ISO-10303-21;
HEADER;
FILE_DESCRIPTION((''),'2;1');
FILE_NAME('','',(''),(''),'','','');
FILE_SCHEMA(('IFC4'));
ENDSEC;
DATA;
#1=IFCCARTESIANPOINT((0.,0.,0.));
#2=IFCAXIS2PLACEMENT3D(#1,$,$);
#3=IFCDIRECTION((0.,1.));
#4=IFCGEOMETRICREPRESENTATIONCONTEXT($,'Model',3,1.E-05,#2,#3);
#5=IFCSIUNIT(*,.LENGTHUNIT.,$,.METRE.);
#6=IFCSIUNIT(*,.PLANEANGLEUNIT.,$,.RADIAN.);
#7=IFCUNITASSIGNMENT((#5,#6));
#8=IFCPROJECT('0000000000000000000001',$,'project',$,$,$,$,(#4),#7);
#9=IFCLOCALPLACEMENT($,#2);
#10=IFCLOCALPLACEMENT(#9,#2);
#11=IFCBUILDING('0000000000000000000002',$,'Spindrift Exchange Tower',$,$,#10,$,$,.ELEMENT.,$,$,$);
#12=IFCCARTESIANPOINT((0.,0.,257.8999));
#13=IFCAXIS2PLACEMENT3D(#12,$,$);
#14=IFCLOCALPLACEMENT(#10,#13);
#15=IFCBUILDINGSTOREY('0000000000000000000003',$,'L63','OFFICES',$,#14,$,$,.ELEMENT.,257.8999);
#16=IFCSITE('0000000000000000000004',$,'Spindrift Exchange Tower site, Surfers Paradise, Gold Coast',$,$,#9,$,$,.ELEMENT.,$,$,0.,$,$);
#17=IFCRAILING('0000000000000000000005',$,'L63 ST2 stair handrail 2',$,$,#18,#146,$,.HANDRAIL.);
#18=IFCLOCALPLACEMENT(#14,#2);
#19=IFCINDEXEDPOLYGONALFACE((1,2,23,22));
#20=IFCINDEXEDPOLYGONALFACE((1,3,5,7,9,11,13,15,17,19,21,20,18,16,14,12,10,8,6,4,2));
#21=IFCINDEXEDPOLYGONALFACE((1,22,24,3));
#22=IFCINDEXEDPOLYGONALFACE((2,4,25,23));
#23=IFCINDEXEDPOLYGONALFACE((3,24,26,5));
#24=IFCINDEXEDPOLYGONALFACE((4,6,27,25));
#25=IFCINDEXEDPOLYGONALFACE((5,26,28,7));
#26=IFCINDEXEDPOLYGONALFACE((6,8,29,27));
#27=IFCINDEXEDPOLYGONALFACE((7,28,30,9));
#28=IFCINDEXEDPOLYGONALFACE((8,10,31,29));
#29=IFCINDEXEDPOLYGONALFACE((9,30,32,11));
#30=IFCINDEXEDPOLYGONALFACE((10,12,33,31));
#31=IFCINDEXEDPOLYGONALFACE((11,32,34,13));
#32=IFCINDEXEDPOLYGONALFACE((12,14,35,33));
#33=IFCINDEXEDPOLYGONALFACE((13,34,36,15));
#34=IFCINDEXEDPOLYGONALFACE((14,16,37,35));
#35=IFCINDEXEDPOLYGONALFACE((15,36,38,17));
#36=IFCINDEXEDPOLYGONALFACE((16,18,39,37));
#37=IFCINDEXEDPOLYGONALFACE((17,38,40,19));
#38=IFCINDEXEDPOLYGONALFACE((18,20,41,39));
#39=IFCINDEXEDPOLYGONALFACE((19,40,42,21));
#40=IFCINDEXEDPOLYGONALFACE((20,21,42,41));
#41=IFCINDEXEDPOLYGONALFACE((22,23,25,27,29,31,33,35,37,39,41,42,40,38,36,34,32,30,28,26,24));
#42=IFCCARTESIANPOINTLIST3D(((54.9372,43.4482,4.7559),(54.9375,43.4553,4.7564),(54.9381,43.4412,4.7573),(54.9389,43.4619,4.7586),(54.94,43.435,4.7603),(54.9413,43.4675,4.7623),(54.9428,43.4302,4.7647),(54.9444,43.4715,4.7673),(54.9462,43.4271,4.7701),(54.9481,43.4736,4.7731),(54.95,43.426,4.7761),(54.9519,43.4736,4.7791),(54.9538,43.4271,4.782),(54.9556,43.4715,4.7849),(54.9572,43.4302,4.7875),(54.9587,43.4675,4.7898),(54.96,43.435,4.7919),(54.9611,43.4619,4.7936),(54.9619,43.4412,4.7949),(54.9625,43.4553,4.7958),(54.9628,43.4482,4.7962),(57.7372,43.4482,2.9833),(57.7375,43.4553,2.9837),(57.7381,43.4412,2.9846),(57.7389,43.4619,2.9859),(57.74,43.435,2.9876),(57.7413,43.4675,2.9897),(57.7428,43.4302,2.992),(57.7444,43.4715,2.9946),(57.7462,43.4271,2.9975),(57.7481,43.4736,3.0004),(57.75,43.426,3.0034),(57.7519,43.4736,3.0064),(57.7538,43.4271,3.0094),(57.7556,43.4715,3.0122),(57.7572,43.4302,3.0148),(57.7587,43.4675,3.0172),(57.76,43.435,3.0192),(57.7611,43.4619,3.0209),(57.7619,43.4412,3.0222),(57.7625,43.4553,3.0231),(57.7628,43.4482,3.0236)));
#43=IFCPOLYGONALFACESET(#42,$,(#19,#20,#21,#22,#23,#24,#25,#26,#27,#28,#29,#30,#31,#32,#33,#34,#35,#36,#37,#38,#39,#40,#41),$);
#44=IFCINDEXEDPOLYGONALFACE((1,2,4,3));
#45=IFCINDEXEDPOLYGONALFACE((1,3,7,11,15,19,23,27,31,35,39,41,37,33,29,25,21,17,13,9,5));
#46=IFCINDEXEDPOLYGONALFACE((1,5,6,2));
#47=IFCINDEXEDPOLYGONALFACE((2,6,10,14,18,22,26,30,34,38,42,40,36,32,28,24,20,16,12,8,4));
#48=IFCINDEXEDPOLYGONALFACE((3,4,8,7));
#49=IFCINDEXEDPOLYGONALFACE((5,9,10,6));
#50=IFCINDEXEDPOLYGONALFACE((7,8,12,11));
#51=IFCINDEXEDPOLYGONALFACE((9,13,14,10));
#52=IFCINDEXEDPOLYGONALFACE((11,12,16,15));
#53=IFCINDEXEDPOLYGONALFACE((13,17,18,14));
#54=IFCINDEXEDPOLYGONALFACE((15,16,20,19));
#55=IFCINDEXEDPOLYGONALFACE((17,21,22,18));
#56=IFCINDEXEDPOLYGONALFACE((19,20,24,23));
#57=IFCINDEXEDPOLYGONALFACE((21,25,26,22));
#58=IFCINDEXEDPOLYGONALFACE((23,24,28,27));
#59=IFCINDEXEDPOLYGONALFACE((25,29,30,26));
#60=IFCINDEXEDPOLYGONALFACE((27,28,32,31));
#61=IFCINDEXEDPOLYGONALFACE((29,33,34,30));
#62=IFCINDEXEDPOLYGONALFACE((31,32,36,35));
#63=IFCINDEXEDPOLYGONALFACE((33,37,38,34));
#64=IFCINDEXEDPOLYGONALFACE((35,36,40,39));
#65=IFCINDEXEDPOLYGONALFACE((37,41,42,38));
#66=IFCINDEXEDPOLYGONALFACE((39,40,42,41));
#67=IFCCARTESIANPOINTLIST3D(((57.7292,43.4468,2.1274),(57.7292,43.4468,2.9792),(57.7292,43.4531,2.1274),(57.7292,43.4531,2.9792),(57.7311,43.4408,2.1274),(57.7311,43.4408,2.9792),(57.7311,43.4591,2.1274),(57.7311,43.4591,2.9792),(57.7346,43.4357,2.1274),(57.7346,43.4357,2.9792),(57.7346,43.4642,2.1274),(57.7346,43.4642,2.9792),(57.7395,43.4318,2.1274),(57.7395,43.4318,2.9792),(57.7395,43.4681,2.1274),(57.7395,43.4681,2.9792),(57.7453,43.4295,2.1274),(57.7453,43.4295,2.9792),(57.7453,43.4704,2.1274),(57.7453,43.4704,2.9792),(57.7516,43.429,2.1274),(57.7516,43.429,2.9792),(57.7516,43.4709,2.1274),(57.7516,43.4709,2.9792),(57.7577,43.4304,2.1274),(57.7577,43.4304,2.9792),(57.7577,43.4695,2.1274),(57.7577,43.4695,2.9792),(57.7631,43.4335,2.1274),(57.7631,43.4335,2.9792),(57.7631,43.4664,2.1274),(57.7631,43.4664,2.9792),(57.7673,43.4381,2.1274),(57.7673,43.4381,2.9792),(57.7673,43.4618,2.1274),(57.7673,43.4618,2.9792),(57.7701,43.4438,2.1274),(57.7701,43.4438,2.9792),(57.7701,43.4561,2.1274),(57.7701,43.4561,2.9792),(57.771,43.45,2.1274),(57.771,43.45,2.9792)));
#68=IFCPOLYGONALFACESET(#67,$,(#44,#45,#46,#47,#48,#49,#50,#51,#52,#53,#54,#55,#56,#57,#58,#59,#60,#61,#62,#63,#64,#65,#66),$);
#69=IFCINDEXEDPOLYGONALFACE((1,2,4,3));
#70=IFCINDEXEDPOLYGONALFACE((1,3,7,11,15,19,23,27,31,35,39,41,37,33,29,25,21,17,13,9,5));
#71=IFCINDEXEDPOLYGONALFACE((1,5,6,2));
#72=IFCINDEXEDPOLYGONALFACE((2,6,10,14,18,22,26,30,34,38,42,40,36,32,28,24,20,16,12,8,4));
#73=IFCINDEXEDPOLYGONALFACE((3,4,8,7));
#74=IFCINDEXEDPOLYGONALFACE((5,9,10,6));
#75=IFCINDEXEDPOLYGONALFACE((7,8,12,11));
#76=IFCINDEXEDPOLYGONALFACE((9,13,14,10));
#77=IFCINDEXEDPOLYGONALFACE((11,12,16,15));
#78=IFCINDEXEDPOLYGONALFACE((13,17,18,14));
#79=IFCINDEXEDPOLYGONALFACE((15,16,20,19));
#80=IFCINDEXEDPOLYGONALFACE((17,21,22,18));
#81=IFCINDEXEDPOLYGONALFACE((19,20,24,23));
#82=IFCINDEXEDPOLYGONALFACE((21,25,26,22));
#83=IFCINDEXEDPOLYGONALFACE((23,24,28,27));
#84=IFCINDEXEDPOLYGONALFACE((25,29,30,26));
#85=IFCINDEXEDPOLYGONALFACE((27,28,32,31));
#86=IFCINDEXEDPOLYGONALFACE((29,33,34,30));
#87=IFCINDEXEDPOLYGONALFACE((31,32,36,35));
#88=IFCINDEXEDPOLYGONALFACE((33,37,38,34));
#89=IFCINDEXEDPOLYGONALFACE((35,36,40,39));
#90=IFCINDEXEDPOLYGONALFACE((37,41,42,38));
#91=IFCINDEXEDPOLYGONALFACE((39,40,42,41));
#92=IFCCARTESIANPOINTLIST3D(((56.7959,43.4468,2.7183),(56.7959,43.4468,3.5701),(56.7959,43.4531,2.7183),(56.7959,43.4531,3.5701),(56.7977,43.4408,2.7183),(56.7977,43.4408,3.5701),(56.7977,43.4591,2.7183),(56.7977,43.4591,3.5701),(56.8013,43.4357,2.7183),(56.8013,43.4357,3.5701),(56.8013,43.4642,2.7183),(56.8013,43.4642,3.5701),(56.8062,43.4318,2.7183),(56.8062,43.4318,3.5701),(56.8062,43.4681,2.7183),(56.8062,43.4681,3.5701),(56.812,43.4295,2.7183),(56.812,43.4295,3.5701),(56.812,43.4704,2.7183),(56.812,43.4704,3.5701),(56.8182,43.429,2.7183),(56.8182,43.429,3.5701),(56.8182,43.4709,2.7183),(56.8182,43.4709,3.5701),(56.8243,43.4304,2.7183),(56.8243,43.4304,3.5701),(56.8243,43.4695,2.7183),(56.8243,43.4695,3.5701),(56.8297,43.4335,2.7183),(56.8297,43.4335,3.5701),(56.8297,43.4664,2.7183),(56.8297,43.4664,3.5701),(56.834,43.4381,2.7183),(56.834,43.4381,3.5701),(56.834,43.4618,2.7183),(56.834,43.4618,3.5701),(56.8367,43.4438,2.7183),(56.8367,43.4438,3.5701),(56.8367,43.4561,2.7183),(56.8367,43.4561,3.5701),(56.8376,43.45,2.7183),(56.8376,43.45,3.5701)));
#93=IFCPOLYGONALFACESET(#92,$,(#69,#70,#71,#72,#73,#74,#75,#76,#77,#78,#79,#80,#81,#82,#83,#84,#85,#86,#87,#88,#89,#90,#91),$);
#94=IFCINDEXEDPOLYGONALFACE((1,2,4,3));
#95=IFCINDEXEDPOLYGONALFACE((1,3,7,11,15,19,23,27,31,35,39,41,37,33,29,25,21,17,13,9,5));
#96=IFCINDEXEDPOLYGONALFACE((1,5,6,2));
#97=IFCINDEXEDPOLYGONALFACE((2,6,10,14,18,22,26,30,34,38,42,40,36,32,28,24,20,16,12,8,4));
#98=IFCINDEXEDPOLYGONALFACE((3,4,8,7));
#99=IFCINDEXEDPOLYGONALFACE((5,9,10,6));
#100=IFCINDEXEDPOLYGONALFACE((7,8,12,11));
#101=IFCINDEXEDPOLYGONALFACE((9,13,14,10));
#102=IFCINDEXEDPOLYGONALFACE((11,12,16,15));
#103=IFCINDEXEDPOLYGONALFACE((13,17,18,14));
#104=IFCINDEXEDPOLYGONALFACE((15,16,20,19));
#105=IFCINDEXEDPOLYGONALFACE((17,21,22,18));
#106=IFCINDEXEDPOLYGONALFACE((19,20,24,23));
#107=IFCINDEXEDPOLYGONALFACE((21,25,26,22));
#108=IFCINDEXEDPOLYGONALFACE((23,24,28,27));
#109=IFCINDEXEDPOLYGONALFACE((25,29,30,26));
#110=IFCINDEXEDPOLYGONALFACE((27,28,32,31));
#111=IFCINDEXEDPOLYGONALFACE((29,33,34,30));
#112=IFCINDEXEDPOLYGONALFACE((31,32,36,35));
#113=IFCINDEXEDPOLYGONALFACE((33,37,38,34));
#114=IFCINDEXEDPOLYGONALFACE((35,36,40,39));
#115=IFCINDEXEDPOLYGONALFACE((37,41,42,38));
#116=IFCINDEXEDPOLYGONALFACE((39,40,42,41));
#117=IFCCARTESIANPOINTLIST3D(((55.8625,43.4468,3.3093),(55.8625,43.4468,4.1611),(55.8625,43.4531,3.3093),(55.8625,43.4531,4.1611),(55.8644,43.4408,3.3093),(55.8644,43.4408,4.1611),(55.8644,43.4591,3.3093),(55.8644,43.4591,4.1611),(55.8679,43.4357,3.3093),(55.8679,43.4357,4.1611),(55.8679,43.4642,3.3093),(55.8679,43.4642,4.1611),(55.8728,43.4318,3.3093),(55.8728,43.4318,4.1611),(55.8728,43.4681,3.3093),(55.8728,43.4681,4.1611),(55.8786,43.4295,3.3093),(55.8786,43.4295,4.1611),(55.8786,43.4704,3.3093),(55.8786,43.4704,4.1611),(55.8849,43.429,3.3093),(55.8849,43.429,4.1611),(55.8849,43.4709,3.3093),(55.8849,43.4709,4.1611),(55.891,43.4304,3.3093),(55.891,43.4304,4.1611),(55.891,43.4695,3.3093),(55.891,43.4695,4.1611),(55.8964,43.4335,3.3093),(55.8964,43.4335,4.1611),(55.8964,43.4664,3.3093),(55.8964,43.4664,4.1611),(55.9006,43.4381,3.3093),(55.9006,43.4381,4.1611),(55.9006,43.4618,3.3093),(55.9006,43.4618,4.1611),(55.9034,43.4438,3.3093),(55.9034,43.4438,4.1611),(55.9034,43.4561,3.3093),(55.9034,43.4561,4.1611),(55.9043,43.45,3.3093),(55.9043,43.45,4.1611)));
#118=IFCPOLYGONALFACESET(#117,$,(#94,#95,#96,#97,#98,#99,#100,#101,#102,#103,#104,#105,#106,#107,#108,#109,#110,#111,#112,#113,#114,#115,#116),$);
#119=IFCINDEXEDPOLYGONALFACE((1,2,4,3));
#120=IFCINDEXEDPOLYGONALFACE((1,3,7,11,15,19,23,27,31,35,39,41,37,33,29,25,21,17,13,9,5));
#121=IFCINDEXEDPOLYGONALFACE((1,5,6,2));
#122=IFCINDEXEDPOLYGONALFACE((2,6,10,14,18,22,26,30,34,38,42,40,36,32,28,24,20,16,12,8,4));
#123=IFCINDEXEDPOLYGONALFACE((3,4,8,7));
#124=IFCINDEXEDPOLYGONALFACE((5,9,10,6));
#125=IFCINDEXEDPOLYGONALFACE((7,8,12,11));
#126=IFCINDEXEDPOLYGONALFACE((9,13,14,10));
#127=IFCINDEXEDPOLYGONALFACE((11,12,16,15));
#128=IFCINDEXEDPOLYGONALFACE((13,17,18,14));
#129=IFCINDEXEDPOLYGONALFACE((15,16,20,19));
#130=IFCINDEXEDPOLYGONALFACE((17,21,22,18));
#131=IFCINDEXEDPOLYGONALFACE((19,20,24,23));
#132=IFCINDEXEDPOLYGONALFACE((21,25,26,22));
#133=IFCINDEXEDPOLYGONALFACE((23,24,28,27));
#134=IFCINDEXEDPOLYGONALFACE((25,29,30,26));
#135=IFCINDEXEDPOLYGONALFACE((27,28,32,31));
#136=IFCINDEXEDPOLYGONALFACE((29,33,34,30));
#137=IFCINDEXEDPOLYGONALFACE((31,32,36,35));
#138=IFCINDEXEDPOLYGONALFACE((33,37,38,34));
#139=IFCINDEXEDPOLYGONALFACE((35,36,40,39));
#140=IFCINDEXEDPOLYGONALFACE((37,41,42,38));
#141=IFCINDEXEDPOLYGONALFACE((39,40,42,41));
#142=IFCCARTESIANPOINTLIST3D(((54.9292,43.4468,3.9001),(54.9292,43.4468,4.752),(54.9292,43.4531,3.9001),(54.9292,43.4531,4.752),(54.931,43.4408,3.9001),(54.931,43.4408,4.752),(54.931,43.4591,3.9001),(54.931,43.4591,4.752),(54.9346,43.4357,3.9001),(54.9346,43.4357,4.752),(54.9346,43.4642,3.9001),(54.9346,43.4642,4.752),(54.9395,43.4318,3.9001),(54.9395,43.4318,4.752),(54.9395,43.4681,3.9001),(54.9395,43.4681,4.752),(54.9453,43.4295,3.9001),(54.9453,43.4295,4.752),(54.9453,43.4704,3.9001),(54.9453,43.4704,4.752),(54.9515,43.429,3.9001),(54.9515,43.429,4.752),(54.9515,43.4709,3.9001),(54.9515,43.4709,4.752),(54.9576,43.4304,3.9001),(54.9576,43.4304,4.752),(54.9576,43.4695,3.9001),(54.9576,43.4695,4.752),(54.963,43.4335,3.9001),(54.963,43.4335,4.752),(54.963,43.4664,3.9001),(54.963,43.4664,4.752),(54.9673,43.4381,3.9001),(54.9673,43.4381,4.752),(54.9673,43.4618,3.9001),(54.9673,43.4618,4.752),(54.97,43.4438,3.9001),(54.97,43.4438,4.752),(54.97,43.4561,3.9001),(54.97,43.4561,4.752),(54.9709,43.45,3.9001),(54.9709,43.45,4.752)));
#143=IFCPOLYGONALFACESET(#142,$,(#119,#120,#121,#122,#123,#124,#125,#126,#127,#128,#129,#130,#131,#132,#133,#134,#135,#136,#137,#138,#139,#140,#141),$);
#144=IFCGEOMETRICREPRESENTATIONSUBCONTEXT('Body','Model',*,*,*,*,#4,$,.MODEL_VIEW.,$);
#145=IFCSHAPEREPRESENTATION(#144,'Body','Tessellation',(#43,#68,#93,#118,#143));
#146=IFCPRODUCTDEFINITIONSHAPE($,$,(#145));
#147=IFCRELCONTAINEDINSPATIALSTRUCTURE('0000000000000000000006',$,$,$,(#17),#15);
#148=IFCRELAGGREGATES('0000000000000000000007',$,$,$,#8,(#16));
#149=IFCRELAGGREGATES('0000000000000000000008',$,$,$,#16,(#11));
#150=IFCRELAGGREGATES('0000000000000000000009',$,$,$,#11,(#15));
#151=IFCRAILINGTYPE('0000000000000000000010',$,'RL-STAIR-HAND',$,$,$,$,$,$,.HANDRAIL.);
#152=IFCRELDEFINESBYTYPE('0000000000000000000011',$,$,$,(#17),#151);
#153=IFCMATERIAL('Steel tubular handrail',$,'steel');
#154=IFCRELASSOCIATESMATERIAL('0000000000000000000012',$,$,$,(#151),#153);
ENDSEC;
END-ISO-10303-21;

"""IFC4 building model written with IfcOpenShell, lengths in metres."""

from ifc_helpers import new_model, si_unit, direction, frame, origin, origin_2d, place, context, subcontext, project, spatial, circle, extrude, material, type_object, element, save


model = new_model("IFC4")

# Units and contexts
model_context = context("Model", 3, precision=1e-05, world=origin(), true_north=direction((0.0, 1.0)))
body_context = subcontext(model_context, "Body", "Model", "MODEL_VIEW")
ifc_project = project(units=[si_unit("LENGTHUNIT", "METRE"), si_unit("PLANEANGLEUNIT", "RADIAN")], contexts=[model_context])

# Site, building, storey
site_placement = place(None, origin())
site = spatial("IfcSite", under=ifc_project, at=site_placement, Name="Spindrift Exchange Tower site, Surfers Paradise, Gold Coast", CompositionType="ELEMENT", RefElevation=0.0)
building_placement = place(site_placement, origin())
building = spatial("IfcBuilding", under=site, at=building_placement, Name="Spindrift Exchange Tower", CompositionType="ELEMENT")
storey_placement = place(building_placement, frame((0.0, 0.0, 257.8999)))
storey = spatial("IfcBuildingStorey", under=building, at=storey_placement, Name="L63", Description="OFFICES", CompositionType="ELEMENT", Elevation=257.8999)

# Railing
ifc_material_1 = material(Name="Steel tubular handrail", Category="steel")
railing_type_1 = type_object("IfcRailingType", Name="RL-STAIR-HAND", PredefinedType="HANDRAIL", material=ifc_material_1)
railing_1_placement = place(storey_placement, frame((57.75, 43.45, 2.1274)))
element("IfcRailing", 1, at=railing_1_placement, inside=storey, type_object=railing_type_1, Name="L63 ST2 stair handrail 2", PredefinedType="HANDRAIL", context=body_context, shape_type="SweptSolid", body=[
    extrude(circle(Radius=0.0239, at=origin_2d()), frame((0.0, 0.0, 0.876), z_axis=(-0.844909, 0.0, 0.53491), x_axis=(0.0, -1.0, 0.0)), (0.0, 0.0, 1.0), 3.314),
    extrude(circle(Radius=0.021, at=origin_2d()), origin(), (0.0, 0.0, 1.0), 0.8518),
    extrude(circle(Radius=0.021, at=origin_2d()), frame((-0.9333, 0.0, 0.5908)), (0.0, 0.0, 1.0), 0.8518),
    extrude(circle(Radius=0.021, at=origin_2d()), frame((-1.8667, 0.0, 1.1819)), (0.0, 0.0, 1.0), 0.8518),
    extrude(circle(Radius=0.021, at=origin_2d()), frame((-2.8, 0.0, 1.7727)), (0.0, 0.0, 1.0), 0.8518),
])

save(model, "model.ifc")
